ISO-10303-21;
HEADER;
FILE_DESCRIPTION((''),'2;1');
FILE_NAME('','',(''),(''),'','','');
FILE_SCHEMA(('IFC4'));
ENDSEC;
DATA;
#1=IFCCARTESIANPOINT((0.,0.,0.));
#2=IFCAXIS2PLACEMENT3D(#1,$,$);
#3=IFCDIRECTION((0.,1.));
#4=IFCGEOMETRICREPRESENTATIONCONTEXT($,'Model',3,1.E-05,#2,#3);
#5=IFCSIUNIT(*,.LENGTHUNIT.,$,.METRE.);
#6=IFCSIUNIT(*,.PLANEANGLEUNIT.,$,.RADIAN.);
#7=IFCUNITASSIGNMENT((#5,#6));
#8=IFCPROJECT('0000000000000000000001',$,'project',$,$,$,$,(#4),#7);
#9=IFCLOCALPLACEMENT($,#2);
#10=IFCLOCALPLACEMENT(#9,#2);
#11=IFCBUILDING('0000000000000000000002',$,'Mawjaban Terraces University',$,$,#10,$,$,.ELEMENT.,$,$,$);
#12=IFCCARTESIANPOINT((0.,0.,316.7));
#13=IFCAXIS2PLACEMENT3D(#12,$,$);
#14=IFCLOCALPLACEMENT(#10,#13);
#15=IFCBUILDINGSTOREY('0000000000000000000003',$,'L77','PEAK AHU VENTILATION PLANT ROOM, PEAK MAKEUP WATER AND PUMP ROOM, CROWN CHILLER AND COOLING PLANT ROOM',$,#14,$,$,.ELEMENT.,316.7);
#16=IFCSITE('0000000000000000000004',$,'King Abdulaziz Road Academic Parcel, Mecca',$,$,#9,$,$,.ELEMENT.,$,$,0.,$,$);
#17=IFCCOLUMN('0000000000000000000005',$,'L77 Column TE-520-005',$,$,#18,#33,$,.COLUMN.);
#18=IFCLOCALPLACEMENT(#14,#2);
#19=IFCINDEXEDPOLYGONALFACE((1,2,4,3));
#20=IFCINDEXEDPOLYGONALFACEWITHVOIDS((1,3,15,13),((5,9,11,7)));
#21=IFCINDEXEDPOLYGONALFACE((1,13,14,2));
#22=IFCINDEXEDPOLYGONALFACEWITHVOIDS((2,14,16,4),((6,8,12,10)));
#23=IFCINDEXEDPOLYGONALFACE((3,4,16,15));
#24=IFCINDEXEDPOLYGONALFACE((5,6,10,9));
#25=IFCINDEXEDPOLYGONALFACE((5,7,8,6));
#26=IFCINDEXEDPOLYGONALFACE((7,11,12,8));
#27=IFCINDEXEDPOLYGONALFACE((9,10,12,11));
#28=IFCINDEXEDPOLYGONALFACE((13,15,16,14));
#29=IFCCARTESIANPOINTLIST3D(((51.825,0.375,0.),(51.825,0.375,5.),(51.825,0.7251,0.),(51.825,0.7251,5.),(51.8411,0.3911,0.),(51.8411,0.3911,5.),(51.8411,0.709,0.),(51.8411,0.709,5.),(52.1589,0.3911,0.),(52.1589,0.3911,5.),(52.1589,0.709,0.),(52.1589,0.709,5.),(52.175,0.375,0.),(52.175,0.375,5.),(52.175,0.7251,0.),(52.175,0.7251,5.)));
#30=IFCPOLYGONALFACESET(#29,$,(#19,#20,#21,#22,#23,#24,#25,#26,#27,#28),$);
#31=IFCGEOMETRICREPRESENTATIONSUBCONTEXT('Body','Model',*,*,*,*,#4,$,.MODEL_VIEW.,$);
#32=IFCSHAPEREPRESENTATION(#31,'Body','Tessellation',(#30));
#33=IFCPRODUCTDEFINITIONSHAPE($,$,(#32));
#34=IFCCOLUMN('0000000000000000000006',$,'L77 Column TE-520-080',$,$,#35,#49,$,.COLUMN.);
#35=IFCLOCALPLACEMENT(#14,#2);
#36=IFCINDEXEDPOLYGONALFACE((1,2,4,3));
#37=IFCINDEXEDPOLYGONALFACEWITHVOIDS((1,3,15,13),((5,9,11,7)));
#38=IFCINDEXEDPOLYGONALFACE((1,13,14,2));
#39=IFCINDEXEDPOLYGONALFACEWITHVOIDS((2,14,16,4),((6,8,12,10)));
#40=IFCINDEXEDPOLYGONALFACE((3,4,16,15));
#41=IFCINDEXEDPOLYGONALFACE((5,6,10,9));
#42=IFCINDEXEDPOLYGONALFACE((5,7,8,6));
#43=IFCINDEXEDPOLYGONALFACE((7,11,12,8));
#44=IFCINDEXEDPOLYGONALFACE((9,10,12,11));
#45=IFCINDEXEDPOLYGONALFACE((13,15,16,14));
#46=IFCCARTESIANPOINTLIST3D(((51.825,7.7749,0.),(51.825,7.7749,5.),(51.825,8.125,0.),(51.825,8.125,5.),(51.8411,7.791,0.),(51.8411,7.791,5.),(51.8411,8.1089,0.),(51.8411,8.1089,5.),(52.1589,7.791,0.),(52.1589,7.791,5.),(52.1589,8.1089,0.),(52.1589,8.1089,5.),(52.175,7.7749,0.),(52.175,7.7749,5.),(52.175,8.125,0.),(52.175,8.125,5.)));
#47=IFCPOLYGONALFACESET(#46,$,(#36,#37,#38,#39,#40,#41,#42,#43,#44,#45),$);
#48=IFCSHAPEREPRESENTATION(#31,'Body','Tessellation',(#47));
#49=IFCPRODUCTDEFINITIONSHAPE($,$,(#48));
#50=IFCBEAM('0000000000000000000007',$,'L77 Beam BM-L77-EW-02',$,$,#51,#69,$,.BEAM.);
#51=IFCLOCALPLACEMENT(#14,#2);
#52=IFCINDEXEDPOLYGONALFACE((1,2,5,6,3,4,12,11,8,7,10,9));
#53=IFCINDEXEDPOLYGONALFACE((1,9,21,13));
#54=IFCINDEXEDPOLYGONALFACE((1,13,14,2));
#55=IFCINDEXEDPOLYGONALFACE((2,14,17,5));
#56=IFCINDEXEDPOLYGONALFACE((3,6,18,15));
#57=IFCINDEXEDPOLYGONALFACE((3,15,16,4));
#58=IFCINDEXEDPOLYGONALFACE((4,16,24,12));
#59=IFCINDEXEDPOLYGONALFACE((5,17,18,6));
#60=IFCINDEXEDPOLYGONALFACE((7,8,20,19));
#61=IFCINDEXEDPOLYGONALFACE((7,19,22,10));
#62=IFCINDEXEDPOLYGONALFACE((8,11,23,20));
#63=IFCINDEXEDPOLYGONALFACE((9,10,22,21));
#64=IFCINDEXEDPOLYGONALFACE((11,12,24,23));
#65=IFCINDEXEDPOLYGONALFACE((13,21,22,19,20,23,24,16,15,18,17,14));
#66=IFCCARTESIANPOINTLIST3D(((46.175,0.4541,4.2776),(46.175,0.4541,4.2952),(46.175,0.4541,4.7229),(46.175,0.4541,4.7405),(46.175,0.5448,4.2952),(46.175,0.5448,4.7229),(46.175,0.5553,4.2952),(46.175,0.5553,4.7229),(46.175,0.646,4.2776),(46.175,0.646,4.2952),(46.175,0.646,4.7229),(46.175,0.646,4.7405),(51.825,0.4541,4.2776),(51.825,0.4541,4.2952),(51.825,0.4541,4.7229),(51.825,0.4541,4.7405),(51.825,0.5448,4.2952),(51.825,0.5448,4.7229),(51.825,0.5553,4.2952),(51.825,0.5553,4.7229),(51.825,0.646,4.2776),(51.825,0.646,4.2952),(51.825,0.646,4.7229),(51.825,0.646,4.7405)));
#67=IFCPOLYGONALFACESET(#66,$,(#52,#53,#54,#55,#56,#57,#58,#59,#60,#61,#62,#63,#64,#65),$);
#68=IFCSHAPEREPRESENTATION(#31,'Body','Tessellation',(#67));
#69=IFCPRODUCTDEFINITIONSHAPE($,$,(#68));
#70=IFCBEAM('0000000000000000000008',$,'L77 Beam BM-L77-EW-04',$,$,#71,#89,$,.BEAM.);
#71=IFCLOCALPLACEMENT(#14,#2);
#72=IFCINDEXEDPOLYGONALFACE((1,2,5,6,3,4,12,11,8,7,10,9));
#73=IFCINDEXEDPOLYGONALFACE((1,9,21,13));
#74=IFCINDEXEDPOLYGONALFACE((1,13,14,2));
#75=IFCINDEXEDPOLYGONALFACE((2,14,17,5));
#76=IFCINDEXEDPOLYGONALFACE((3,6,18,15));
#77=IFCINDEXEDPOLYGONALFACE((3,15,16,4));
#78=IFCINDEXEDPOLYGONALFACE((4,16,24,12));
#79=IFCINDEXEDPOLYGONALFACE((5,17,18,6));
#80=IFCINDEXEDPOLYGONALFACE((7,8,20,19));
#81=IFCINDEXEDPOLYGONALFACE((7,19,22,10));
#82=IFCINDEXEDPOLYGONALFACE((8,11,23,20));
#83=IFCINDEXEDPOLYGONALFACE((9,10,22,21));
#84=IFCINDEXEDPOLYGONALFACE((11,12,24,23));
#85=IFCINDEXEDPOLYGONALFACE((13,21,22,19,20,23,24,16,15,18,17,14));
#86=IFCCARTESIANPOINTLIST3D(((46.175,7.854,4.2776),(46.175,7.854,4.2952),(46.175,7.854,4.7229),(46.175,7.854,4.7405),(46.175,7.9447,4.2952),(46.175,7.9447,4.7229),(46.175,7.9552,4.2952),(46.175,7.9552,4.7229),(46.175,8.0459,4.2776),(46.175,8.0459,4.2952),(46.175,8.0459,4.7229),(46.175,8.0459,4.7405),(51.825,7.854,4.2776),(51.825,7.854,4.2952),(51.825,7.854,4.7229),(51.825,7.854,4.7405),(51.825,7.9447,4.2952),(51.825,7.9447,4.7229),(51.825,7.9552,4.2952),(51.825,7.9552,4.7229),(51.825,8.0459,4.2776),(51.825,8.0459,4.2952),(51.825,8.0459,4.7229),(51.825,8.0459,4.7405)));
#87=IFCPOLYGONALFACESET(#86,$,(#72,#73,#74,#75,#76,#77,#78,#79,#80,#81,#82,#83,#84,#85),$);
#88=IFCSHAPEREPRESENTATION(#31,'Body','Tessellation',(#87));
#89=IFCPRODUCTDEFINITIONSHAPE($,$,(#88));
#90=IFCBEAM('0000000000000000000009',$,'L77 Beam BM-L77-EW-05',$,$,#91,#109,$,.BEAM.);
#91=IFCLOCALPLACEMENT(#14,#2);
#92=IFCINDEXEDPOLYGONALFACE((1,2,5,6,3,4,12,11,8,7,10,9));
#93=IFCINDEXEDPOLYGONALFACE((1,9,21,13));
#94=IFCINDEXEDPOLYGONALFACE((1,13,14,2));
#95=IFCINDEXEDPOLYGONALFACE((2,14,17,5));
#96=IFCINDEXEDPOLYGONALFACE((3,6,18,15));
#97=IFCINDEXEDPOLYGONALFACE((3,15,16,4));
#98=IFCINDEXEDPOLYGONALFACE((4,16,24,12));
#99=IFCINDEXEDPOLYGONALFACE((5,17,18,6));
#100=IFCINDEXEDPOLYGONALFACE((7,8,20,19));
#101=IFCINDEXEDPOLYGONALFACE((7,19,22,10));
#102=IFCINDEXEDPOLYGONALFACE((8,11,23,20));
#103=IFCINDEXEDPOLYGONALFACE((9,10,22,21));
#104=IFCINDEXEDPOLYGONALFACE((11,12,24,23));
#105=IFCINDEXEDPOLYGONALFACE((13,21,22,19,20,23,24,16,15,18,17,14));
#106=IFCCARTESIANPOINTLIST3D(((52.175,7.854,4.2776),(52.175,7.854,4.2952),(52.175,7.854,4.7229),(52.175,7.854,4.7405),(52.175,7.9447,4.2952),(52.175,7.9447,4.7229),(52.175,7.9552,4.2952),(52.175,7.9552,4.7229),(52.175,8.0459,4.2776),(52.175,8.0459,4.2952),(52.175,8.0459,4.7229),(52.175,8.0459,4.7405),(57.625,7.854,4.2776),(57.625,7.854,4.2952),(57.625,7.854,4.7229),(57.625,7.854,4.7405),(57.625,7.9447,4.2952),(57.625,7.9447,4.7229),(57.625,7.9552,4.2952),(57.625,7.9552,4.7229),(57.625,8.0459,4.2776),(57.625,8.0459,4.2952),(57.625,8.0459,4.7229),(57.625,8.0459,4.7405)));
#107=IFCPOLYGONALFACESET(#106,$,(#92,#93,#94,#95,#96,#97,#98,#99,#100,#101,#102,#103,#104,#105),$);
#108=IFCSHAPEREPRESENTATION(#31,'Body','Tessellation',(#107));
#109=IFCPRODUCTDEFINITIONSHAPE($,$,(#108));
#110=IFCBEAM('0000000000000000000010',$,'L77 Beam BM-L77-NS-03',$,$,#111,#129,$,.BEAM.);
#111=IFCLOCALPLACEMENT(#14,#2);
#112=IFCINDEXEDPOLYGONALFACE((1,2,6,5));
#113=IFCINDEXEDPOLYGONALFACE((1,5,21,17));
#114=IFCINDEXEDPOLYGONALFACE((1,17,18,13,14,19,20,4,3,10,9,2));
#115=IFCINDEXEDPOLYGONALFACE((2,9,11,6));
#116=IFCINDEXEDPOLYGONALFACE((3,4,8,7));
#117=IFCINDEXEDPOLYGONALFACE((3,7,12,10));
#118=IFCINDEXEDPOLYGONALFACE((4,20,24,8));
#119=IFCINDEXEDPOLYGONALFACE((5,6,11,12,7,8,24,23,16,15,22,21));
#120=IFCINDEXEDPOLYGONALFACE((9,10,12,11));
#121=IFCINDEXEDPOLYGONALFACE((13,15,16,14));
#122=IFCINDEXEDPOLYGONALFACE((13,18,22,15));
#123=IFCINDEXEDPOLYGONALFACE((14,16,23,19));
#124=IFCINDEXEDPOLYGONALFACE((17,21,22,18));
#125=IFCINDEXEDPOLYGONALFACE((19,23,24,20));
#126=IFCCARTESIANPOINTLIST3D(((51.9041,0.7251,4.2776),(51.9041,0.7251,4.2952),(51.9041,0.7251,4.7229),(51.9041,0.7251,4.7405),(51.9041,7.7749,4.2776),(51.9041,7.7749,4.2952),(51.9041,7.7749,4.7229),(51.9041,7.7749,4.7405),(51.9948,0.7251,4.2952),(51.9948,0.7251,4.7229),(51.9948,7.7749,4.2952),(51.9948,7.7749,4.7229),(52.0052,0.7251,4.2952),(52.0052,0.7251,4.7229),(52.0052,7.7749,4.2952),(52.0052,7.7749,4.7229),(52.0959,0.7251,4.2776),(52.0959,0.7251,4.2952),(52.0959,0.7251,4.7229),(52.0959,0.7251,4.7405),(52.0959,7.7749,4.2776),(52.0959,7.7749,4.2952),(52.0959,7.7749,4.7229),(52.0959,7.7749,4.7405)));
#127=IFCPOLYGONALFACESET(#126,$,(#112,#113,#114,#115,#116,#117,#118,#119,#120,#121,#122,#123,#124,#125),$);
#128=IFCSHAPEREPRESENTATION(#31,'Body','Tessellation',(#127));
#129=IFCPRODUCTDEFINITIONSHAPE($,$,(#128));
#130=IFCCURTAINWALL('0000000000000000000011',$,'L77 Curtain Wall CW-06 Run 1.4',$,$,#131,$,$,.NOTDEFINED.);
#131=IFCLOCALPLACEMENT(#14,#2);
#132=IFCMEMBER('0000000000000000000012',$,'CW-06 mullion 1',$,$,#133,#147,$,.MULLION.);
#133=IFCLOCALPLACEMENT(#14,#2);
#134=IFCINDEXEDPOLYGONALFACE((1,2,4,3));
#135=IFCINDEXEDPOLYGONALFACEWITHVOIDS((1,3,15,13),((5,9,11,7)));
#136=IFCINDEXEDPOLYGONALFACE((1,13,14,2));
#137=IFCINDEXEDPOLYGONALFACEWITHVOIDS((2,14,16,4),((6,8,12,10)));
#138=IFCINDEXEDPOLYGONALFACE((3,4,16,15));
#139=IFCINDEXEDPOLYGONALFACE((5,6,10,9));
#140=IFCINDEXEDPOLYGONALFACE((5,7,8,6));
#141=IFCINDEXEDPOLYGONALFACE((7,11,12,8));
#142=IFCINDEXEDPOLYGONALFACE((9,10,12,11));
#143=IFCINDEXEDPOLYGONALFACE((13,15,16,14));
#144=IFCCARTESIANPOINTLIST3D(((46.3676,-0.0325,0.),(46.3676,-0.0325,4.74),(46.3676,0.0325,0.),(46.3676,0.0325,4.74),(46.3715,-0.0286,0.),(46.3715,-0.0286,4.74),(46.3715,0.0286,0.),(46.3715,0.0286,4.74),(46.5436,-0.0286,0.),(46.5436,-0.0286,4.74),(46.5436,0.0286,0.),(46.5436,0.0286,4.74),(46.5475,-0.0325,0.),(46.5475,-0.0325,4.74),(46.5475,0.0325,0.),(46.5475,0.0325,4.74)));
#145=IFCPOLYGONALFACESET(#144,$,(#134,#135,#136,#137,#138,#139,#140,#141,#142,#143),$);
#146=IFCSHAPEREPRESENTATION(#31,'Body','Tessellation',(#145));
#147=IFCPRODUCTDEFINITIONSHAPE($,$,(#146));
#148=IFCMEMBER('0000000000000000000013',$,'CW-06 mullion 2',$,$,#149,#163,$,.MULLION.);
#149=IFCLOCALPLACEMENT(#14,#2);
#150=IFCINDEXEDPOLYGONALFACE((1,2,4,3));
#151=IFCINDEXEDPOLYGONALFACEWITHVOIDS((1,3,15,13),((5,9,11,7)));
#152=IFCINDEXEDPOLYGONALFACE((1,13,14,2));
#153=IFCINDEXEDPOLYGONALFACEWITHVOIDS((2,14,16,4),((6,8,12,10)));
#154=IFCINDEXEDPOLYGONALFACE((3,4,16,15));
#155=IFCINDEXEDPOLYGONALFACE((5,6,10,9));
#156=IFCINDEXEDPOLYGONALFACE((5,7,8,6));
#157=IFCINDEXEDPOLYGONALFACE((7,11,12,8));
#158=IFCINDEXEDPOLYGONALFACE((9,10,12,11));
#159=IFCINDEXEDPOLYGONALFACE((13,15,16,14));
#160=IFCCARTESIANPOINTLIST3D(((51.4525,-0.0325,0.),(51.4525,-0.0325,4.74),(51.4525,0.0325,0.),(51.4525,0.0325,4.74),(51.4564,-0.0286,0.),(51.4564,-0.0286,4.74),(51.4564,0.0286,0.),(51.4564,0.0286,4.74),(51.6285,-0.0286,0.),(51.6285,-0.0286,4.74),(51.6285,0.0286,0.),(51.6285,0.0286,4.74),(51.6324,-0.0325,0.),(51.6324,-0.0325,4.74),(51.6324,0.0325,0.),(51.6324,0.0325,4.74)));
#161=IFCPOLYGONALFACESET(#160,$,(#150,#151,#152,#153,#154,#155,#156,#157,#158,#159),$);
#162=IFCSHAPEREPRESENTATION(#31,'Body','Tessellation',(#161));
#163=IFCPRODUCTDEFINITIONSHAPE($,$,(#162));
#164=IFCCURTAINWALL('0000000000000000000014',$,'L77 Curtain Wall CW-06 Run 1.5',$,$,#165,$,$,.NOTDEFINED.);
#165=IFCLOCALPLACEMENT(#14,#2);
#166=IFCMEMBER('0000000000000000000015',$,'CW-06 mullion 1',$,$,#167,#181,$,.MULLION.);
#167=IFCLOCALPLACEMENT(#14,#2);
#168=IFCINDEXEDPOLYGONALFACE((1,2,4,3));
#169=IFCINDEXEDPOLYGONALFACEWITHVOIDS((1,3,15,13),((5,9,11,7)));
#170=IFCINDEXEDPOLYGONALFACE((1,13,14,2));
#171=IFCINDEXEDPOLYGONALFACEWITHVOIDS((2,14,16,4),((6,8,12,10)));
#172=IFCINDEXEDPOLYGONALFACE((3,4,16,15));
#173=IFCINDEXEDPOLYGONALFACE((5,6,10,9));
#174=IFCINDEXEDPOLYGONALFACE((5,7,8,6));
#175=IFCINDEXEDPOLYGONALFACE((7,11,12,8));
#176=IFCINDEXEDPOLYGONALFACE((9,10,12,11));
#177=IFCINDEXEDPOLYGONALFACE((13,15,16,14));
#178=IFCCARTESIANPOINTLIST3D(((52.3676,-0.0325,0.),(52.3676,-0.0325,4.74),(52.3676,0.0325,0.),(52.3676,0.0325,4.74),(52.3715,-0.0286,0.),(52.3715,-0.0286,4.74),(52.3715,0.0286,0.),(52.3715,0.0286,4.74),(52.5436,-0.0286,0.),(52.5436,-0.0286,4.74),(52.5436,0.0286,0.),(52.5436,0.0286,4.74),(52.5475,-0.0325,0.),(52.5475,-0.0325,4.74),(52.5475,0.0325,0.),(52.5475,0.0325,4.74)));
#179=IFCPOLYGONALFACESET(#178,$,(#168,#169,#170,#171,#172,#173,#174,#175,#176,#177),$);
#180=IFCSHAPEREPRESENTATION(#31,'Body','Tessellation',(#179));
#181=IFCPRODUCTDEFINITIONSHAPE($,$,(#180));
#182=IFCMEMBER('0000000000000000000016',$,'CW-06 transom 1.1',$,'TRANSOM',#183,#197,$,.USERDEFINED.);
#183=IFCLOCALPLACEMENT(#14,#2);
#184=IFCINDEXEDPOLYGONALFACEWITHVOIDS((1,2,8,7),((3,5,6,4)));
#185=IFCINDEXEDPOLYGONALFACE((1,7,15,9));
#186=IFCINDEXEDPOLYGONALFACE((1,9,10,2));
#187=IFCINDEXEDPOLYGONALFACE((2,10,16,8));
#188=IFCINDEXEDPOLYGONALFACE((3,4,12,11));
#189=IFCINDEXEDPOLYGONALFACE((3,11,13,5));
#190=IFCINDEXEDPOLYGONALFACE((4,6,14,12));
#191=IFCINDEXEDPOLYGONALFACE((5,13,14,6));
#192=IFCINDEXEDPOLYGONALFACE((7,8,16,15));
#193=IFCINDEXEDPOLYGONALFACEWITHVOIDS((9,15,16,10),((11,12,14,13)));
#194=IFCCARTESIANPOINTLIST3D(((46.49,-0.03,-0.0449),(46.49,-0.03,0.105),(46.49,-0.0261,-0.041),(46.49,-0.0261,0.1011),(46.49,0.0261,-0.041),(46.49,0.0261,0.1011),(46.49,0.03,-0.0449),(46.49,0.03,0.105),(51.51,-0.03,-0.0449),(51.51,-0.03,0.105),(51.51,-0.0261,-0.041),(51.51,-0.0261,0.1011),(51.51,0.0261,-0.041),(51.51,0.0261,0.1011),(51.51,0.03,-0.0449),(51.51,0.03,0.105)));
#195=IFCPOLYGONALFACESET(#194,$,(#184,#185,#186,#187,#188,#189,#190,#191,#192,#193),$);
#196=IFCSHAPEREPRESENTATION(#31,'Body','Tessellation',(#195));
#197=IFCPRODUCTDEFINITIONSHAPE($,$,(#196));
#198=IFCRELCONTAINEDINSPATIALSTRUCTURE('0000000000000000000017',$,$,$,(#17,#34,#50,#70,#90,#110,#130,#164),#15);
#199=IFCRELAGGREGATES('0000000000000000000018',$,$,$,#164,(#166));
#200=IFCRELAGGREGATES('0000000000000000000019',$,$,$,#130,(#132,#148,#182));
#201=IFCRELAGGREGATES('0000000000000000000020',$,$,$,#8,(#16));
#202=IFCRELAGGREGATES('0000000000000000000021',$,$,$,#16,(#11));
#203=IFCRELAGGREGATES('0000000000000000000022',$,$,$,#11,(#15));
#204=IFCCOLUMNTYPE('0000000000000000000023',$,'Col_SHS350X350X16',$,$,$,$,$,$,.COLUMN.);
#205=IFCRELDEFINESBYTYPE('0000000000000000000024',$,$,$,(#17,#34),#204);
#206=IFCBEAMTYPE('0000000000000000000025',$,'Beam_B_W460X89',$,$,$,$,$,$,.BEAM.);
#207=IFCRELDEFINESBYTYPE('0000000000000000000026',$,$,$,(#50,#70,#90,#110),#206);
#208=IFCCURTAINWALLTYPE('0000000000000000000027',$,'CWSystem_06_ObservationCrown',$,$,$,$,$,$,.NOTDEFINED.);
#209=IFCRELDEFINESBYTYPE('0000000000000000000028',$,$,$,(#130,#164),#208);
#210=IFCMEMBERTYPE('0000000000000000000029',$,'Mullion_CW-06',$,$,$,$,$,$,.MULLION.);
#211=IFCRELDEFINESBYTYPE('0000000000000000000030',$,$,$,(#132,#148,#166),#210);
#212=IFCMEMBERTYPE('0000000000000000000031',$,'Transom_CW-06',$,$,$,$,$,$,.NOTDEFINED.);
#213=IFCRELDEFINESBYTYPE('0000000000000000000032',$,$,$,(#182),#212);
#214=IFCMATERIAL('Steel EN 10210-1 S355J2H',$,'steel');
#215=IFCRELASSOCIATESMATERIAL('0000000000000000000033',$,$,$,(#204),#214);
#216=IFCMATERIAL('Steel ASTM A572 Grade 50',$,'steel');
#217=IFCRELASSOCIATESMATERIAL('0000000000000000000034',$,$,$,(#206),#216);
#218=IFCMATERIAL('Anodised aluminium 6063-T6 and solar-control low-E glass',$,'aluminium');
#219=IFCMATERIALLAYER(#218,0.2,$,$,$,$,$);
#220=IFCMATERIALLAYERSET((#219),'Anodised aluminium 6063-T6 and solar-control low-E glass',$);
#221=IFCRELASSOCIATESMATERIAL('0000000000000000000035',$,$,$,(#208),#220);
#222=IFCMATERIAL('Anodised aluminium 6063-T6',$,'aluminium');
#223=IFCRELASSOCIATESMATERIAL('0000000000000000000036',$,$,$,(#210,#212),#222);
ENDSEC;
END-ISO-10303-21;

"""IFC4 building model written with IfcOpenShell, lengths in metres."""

from ifc_helpers import new_model, si_unit, direction, frame, origin, origin_2d, place, context, subcontext, project, spatial, hollow_rectangle, i_section, extrude, material, layer, layer_set, material_profile, profile_set, type_object, element, aggregate, save


model = new_model("IFC4")

# Units and contexts
model_context = context("Model", 3, precision=1e-05, world=origin(), true_north=direction((0.0, 1.0)))
body_context = subcontext(model_context, "Body", "Model", "MODEL_VIEW")
ifc_project = project(units=[si_unit("LENGTHUNIT", "METRE"), si_unit("PLANEANGLEUNIT", "RADIAN")], contexts=[model_context])

# Site, building, storey
site_placement = place(None, origin())
site = spatial("IfcSite", under=ifc_project, at=site_placement, Name="King Abdulaziz Road Academic Parcel, Mecca", CompositionType="ELEMENT", RefElevation=0.0)
building_placement = place(site_placement, origin())
building = spatial("IfcBuilding", under=site, at=building_placement, Name="Mawjaban Terraces University", CompositionType="ELEMENT")
storey_placement = place(building_placement, frame((0.0, 0.0, 316.7)))
storey = spatial("IfcBuildingStorey", under=building, at=storey_placement, Name="L77", Description="PEAK AHU VENTILATION PLANT ROOM, PEAK MAKEUP WATER AND PUMP ROOM, CROWN CHILLER AND COOLING PLANT ROOM", CompositionType="ELEMENT", Elevation=316.7)

# Columns
ifc_material_1 = material(Name="Steel EN 10210-1 S355J2H", Category="steel")
ifc_material_profile_1 = material_profile(ifc_material_1, hollow_rectangle(XDim=0.3501, YDim=0.3501, WallThickness=0.0161, at=origin_2d()), Name="SHS350X350X16")
ifc_profile_set_1 = profile_set([ifc_material_profile_1], Name="Steel EN 10210-1 S355J2H")
column_type = type_object("IfcColumnType", Name="Col_SHS350X350X16", PredefinedType="COLUMN", material=ifc_profile_set_1)
for number, where, z_axis, x_axis, name in (
    (1, (52.0, 0.55, 0.0), (0.0, 0.0, 1.0), (1.0, 0.0, 0.0), "L77 Column TE-520-005"),
    (2, (52.0, 7.95, 0.0), (0.0, 0.0, 1.0), (1.0, 0.0, 0.0), "L77 Column TE-520-080"),
):
    element("IfcColumn", number, at=place(storey_placement, frame(where, z_axis=z_axis, x_axis=x_axis)), inside=storey, type_object=column_type, Name=name, PredefinedType="COLUMN", context=body_context, shape_type="SweptSolid", body=[
        extrude(hollow_rectangle(XDim=0.3501, YDim=0.3501, WallThickness=0.0161, at=origin_2d()), origin(), (0.0, 0.0, 1.0), 5.0),
    ])

# Beams
ifc_material_2 = material(Name="Steel ASTM A572 Grade 50", Category="steel")
ifc_material_profile_2 = material_profile(ifc_material_2, i_section(OverallWidth=0.1919, OverallDepth=0.4629, WebThickness=0.0105, FlangeThickness=0.0176, at=origin_2d()), Name="W460X89")
ifc_profile_set_2 = profile_set([ifc_material_profile_2], Name="Steel ASTM A572 Grade 50")
beam_type = type_object("IfcBeamType", Name="Beam_B_W460X89", PredefinedType="BEAM", material=ifc_profile_set_2)
for number, where, z_axis, x_axis, name in (
    (3, (46.175, 0.55, 4.509), (1.0, 0.0, 0.0), (0.0, 1.0, 0.0), "L77 Beam BM-L77-EW-02"),
    (4, (46.175, 7.95, 4.509), (1.0, 0.0, 0.0), (0.0, 1.0, 0.0), "L77 Beam BM-L77-EW-04"),
):
    element("IfcBeam", number, at=place(storey_placement, frame(where, z_axis=z_axis, x_axis=x_axis)), inside=storey, type_object=beam_type, Name=name, PredefinedType="BEAM", context=body_context, shape_type="SweptSolid", body=[
        extrude(i_section(OverallWidth=0.1919, OverallDepth=0.4629, WebThickness=0.0105, FlangeThickness=0.0176, at=origin_2d()), origin(), (0.0, 0.0, 1.0), 5.6499),
    ])
beam_1_placement = place(storey_placement, frame((52.175, 7.95, 4.509), z_axis=(1.0, 0.0, 0.0), x_axis=(0.0, 1.0, 0.0)))
element("IfcBeam", 5, at=beam_1_placement, inside=storey, type_object=beam_type, Name="L77 Beam BM-L77-EW-05", PredefinedType="BEAM", context=body_context, shape_type="SweptSolid", body=[
    extrude(i_section(OverallWidth=0.1919, OverallDepth=0.4629, WebThickness=0.0105, FlangeThickness=0.0176, at=origin_2d()), origin(), (0.0, 0.0, 1.0), 5.45),
])
beam_2_placement = place(storey_placement, frame((52.0, 0.7251, 4.509), z_axis=(0.0, 1.0, 0.0), x_axis=(-1.0, 0.0, 0.0)))
element("IfcBeam", 6, at=beam_2_placement, inside=storey, type_object=beam_type, Name="L77 Beam BM-L77-NS-03", PredefinedType="BEAM", context=body_context, shape_type="SweptSolid", body=[
    extrude(i_section(OverallWidth=0.1919, OverallDepth=0.4629, WebThickness=0.0105, FlangeThickness=0.0176, at=origin_2d()), origin(), (0.0, 0.0, 1.0), 7.0498),
])

# Curtain wall, members
ifc_material_3 = material(Name="Anodised aluminium 6063-T6 and solar-control low-E glass", Category="aluminium")
ifc_layer_1 = layer(ifc_material_3, 0.2)
ifc_layer_set_1 = layer_set([ifc_layer_1], Name="Anodised aluminium 6063-T6 and solar-control low-E glass")
curtain_wall_type = type_object("IfcCurtainWallType", Name="CWSystem_06_ObservationCrown", PredefinedType="NOTDEFINED", material=ifc_layer_set_1)
curtain_wall_1_placement = place(storey_placement, origin())
curtain_wall_1 = element("IfcCurtainWall", 7, at=curtain_wall_1_placement, inside=storey, type_object=curtain_wall_type, Name="L77 Curtain Wall CW-06 Run 1.4", PredefinedType="NOTDEFINED")
ifc_material_4 = material(Name="Anodised aluminium 6063-T6", Category="aluminium")
ifc_material_profile_3 = material_profile(ifc_material_4, hollow_rectangle(XDim=0.0649, YDim=0.1799, WallThickness=0.0039, at=origin_2d()), Name="ALU180X65X4")
ifc_profile_set_3 = profile_set([ifc_material_profile_3], Name="Anodised aluminium 6063-T6")
member_type_1 = type_object("IfcMemberType", Name="Mullion_CW-06", PredefinedType="MULLION", material=ifc_profile_set_3)
member_1_placement = place(storey_placement, frame((46.4575, 0.0, 0.0), z_axis=(0.0, 0.0, 1.0), x_axis=(0.0, 1.0, 0.0)))
member_1 = element("IfcMember", 8, at=member_1_placement, type_object=member_type_1, Name="CW-06 mullion 1", PredefinedType="MULLION", context=body_context, shape_type="SweptSolid", body=[
    extrude(hollow_rectangle(XDim=0.0649, YDim=0.1799, WallThickness=0.0039, at=origin_2d()), origin(), (0.0, 0.0, 1.0), 4.74),
])
member_2_placement = place(storey_placement, frame((51.5425, 0.0, 0.0), z_axis=(0.0, 0.0, 1.0), x_axis=(0.0, 1.0, 0.0)))
member_2 = element("IfcMember", 9, at=member_2_placement, type_object=member_type_1, Name="CW-06 mullion 2", PredefinedType="MULLION", context=body_context, shape_type="SweptSolid", body=[
    extrude(hollow_rectangle(XDim=0.0649, YDim=0.1799, WallThickness=0.0039, at=origin_2d()), origin(), (0.0, 0.0, 1.0), 4.74),
])

# Curtain wall, member
curtain_wall_2_placement = place(storey_placement, origin())
curtain_wall_2 = element("IfcCurtainWall", 10, at=curtain_wall_2_placement, inside=storey, type_object=curtain_wall_type, Name="L77 Curtain Wall CW-06 Run 1.5", PredefinedType="NOTDEFINED")
member_3_placement = place(storey_placement, frame((52.4575, 0.0, 0.0), z_axis=(0.0, 0.0, 1.0), x_axis=(0.0, 1.0, 0.0)))
member_3 = element("IfcMember", 11, at=member_3_placement, type_object=member_type_1, Name="CW-06 mullion 1", PredefinedType="MULLION", context=body_context, shape_type="SweptSolid", body=[
    extrude(hollow_rectangle(XDim=0.0649, YDim=0.1799, WallThickness=0.0039, at=origin_2d()), origin(), (0.0, 0.0, 1.0), 4.74),
])

# Member
ifc_material_profile_4 = material_profile(ifc_material_4, hollow_rectangle(XDim=0.0601, YDim=0.1499, WallThickness=0.0039, at=origin_2d()), Name="ALU150X60X4")
ifc_profile_set_4 = profile_set([ifc_material_profile_4], Name="Anodised aluminium 6063-T6")
member_type_2 = type_object("IfcMemberType", Name="Transom_CW-06", PredefinedType="NOTDEFINED", material=ifc_profile_set_4)
member_4_placement = place(storey_placement, frame((46.49, 0.0, 0.03), z_axis=(1.0, 0.0, 0.0), x_axis=(0.0, 1.0, 0.0)))
member_4 = element("IfcMember", 12, at=member_4_placement, type_object=member_type_2, Name="CW-06 transom 1.1", ObjectType="TRANSOM", PredefinedType="USERDEFINED", context=body_context, shape_type="SweptSolid", body=[
    extrude(hollow_rectangle(XDim=0.0601, YDim=0.1499, WallThickness=0.0039, at=origin_2d()), origin(), (0.0, 0.0, 1.0), 5.02),
])
aggregate(curtain_wall_2, [member_3])

aggregate(curtain_wall_1, [member_1, member_2, member_4])

save(model, "model.ifc")
